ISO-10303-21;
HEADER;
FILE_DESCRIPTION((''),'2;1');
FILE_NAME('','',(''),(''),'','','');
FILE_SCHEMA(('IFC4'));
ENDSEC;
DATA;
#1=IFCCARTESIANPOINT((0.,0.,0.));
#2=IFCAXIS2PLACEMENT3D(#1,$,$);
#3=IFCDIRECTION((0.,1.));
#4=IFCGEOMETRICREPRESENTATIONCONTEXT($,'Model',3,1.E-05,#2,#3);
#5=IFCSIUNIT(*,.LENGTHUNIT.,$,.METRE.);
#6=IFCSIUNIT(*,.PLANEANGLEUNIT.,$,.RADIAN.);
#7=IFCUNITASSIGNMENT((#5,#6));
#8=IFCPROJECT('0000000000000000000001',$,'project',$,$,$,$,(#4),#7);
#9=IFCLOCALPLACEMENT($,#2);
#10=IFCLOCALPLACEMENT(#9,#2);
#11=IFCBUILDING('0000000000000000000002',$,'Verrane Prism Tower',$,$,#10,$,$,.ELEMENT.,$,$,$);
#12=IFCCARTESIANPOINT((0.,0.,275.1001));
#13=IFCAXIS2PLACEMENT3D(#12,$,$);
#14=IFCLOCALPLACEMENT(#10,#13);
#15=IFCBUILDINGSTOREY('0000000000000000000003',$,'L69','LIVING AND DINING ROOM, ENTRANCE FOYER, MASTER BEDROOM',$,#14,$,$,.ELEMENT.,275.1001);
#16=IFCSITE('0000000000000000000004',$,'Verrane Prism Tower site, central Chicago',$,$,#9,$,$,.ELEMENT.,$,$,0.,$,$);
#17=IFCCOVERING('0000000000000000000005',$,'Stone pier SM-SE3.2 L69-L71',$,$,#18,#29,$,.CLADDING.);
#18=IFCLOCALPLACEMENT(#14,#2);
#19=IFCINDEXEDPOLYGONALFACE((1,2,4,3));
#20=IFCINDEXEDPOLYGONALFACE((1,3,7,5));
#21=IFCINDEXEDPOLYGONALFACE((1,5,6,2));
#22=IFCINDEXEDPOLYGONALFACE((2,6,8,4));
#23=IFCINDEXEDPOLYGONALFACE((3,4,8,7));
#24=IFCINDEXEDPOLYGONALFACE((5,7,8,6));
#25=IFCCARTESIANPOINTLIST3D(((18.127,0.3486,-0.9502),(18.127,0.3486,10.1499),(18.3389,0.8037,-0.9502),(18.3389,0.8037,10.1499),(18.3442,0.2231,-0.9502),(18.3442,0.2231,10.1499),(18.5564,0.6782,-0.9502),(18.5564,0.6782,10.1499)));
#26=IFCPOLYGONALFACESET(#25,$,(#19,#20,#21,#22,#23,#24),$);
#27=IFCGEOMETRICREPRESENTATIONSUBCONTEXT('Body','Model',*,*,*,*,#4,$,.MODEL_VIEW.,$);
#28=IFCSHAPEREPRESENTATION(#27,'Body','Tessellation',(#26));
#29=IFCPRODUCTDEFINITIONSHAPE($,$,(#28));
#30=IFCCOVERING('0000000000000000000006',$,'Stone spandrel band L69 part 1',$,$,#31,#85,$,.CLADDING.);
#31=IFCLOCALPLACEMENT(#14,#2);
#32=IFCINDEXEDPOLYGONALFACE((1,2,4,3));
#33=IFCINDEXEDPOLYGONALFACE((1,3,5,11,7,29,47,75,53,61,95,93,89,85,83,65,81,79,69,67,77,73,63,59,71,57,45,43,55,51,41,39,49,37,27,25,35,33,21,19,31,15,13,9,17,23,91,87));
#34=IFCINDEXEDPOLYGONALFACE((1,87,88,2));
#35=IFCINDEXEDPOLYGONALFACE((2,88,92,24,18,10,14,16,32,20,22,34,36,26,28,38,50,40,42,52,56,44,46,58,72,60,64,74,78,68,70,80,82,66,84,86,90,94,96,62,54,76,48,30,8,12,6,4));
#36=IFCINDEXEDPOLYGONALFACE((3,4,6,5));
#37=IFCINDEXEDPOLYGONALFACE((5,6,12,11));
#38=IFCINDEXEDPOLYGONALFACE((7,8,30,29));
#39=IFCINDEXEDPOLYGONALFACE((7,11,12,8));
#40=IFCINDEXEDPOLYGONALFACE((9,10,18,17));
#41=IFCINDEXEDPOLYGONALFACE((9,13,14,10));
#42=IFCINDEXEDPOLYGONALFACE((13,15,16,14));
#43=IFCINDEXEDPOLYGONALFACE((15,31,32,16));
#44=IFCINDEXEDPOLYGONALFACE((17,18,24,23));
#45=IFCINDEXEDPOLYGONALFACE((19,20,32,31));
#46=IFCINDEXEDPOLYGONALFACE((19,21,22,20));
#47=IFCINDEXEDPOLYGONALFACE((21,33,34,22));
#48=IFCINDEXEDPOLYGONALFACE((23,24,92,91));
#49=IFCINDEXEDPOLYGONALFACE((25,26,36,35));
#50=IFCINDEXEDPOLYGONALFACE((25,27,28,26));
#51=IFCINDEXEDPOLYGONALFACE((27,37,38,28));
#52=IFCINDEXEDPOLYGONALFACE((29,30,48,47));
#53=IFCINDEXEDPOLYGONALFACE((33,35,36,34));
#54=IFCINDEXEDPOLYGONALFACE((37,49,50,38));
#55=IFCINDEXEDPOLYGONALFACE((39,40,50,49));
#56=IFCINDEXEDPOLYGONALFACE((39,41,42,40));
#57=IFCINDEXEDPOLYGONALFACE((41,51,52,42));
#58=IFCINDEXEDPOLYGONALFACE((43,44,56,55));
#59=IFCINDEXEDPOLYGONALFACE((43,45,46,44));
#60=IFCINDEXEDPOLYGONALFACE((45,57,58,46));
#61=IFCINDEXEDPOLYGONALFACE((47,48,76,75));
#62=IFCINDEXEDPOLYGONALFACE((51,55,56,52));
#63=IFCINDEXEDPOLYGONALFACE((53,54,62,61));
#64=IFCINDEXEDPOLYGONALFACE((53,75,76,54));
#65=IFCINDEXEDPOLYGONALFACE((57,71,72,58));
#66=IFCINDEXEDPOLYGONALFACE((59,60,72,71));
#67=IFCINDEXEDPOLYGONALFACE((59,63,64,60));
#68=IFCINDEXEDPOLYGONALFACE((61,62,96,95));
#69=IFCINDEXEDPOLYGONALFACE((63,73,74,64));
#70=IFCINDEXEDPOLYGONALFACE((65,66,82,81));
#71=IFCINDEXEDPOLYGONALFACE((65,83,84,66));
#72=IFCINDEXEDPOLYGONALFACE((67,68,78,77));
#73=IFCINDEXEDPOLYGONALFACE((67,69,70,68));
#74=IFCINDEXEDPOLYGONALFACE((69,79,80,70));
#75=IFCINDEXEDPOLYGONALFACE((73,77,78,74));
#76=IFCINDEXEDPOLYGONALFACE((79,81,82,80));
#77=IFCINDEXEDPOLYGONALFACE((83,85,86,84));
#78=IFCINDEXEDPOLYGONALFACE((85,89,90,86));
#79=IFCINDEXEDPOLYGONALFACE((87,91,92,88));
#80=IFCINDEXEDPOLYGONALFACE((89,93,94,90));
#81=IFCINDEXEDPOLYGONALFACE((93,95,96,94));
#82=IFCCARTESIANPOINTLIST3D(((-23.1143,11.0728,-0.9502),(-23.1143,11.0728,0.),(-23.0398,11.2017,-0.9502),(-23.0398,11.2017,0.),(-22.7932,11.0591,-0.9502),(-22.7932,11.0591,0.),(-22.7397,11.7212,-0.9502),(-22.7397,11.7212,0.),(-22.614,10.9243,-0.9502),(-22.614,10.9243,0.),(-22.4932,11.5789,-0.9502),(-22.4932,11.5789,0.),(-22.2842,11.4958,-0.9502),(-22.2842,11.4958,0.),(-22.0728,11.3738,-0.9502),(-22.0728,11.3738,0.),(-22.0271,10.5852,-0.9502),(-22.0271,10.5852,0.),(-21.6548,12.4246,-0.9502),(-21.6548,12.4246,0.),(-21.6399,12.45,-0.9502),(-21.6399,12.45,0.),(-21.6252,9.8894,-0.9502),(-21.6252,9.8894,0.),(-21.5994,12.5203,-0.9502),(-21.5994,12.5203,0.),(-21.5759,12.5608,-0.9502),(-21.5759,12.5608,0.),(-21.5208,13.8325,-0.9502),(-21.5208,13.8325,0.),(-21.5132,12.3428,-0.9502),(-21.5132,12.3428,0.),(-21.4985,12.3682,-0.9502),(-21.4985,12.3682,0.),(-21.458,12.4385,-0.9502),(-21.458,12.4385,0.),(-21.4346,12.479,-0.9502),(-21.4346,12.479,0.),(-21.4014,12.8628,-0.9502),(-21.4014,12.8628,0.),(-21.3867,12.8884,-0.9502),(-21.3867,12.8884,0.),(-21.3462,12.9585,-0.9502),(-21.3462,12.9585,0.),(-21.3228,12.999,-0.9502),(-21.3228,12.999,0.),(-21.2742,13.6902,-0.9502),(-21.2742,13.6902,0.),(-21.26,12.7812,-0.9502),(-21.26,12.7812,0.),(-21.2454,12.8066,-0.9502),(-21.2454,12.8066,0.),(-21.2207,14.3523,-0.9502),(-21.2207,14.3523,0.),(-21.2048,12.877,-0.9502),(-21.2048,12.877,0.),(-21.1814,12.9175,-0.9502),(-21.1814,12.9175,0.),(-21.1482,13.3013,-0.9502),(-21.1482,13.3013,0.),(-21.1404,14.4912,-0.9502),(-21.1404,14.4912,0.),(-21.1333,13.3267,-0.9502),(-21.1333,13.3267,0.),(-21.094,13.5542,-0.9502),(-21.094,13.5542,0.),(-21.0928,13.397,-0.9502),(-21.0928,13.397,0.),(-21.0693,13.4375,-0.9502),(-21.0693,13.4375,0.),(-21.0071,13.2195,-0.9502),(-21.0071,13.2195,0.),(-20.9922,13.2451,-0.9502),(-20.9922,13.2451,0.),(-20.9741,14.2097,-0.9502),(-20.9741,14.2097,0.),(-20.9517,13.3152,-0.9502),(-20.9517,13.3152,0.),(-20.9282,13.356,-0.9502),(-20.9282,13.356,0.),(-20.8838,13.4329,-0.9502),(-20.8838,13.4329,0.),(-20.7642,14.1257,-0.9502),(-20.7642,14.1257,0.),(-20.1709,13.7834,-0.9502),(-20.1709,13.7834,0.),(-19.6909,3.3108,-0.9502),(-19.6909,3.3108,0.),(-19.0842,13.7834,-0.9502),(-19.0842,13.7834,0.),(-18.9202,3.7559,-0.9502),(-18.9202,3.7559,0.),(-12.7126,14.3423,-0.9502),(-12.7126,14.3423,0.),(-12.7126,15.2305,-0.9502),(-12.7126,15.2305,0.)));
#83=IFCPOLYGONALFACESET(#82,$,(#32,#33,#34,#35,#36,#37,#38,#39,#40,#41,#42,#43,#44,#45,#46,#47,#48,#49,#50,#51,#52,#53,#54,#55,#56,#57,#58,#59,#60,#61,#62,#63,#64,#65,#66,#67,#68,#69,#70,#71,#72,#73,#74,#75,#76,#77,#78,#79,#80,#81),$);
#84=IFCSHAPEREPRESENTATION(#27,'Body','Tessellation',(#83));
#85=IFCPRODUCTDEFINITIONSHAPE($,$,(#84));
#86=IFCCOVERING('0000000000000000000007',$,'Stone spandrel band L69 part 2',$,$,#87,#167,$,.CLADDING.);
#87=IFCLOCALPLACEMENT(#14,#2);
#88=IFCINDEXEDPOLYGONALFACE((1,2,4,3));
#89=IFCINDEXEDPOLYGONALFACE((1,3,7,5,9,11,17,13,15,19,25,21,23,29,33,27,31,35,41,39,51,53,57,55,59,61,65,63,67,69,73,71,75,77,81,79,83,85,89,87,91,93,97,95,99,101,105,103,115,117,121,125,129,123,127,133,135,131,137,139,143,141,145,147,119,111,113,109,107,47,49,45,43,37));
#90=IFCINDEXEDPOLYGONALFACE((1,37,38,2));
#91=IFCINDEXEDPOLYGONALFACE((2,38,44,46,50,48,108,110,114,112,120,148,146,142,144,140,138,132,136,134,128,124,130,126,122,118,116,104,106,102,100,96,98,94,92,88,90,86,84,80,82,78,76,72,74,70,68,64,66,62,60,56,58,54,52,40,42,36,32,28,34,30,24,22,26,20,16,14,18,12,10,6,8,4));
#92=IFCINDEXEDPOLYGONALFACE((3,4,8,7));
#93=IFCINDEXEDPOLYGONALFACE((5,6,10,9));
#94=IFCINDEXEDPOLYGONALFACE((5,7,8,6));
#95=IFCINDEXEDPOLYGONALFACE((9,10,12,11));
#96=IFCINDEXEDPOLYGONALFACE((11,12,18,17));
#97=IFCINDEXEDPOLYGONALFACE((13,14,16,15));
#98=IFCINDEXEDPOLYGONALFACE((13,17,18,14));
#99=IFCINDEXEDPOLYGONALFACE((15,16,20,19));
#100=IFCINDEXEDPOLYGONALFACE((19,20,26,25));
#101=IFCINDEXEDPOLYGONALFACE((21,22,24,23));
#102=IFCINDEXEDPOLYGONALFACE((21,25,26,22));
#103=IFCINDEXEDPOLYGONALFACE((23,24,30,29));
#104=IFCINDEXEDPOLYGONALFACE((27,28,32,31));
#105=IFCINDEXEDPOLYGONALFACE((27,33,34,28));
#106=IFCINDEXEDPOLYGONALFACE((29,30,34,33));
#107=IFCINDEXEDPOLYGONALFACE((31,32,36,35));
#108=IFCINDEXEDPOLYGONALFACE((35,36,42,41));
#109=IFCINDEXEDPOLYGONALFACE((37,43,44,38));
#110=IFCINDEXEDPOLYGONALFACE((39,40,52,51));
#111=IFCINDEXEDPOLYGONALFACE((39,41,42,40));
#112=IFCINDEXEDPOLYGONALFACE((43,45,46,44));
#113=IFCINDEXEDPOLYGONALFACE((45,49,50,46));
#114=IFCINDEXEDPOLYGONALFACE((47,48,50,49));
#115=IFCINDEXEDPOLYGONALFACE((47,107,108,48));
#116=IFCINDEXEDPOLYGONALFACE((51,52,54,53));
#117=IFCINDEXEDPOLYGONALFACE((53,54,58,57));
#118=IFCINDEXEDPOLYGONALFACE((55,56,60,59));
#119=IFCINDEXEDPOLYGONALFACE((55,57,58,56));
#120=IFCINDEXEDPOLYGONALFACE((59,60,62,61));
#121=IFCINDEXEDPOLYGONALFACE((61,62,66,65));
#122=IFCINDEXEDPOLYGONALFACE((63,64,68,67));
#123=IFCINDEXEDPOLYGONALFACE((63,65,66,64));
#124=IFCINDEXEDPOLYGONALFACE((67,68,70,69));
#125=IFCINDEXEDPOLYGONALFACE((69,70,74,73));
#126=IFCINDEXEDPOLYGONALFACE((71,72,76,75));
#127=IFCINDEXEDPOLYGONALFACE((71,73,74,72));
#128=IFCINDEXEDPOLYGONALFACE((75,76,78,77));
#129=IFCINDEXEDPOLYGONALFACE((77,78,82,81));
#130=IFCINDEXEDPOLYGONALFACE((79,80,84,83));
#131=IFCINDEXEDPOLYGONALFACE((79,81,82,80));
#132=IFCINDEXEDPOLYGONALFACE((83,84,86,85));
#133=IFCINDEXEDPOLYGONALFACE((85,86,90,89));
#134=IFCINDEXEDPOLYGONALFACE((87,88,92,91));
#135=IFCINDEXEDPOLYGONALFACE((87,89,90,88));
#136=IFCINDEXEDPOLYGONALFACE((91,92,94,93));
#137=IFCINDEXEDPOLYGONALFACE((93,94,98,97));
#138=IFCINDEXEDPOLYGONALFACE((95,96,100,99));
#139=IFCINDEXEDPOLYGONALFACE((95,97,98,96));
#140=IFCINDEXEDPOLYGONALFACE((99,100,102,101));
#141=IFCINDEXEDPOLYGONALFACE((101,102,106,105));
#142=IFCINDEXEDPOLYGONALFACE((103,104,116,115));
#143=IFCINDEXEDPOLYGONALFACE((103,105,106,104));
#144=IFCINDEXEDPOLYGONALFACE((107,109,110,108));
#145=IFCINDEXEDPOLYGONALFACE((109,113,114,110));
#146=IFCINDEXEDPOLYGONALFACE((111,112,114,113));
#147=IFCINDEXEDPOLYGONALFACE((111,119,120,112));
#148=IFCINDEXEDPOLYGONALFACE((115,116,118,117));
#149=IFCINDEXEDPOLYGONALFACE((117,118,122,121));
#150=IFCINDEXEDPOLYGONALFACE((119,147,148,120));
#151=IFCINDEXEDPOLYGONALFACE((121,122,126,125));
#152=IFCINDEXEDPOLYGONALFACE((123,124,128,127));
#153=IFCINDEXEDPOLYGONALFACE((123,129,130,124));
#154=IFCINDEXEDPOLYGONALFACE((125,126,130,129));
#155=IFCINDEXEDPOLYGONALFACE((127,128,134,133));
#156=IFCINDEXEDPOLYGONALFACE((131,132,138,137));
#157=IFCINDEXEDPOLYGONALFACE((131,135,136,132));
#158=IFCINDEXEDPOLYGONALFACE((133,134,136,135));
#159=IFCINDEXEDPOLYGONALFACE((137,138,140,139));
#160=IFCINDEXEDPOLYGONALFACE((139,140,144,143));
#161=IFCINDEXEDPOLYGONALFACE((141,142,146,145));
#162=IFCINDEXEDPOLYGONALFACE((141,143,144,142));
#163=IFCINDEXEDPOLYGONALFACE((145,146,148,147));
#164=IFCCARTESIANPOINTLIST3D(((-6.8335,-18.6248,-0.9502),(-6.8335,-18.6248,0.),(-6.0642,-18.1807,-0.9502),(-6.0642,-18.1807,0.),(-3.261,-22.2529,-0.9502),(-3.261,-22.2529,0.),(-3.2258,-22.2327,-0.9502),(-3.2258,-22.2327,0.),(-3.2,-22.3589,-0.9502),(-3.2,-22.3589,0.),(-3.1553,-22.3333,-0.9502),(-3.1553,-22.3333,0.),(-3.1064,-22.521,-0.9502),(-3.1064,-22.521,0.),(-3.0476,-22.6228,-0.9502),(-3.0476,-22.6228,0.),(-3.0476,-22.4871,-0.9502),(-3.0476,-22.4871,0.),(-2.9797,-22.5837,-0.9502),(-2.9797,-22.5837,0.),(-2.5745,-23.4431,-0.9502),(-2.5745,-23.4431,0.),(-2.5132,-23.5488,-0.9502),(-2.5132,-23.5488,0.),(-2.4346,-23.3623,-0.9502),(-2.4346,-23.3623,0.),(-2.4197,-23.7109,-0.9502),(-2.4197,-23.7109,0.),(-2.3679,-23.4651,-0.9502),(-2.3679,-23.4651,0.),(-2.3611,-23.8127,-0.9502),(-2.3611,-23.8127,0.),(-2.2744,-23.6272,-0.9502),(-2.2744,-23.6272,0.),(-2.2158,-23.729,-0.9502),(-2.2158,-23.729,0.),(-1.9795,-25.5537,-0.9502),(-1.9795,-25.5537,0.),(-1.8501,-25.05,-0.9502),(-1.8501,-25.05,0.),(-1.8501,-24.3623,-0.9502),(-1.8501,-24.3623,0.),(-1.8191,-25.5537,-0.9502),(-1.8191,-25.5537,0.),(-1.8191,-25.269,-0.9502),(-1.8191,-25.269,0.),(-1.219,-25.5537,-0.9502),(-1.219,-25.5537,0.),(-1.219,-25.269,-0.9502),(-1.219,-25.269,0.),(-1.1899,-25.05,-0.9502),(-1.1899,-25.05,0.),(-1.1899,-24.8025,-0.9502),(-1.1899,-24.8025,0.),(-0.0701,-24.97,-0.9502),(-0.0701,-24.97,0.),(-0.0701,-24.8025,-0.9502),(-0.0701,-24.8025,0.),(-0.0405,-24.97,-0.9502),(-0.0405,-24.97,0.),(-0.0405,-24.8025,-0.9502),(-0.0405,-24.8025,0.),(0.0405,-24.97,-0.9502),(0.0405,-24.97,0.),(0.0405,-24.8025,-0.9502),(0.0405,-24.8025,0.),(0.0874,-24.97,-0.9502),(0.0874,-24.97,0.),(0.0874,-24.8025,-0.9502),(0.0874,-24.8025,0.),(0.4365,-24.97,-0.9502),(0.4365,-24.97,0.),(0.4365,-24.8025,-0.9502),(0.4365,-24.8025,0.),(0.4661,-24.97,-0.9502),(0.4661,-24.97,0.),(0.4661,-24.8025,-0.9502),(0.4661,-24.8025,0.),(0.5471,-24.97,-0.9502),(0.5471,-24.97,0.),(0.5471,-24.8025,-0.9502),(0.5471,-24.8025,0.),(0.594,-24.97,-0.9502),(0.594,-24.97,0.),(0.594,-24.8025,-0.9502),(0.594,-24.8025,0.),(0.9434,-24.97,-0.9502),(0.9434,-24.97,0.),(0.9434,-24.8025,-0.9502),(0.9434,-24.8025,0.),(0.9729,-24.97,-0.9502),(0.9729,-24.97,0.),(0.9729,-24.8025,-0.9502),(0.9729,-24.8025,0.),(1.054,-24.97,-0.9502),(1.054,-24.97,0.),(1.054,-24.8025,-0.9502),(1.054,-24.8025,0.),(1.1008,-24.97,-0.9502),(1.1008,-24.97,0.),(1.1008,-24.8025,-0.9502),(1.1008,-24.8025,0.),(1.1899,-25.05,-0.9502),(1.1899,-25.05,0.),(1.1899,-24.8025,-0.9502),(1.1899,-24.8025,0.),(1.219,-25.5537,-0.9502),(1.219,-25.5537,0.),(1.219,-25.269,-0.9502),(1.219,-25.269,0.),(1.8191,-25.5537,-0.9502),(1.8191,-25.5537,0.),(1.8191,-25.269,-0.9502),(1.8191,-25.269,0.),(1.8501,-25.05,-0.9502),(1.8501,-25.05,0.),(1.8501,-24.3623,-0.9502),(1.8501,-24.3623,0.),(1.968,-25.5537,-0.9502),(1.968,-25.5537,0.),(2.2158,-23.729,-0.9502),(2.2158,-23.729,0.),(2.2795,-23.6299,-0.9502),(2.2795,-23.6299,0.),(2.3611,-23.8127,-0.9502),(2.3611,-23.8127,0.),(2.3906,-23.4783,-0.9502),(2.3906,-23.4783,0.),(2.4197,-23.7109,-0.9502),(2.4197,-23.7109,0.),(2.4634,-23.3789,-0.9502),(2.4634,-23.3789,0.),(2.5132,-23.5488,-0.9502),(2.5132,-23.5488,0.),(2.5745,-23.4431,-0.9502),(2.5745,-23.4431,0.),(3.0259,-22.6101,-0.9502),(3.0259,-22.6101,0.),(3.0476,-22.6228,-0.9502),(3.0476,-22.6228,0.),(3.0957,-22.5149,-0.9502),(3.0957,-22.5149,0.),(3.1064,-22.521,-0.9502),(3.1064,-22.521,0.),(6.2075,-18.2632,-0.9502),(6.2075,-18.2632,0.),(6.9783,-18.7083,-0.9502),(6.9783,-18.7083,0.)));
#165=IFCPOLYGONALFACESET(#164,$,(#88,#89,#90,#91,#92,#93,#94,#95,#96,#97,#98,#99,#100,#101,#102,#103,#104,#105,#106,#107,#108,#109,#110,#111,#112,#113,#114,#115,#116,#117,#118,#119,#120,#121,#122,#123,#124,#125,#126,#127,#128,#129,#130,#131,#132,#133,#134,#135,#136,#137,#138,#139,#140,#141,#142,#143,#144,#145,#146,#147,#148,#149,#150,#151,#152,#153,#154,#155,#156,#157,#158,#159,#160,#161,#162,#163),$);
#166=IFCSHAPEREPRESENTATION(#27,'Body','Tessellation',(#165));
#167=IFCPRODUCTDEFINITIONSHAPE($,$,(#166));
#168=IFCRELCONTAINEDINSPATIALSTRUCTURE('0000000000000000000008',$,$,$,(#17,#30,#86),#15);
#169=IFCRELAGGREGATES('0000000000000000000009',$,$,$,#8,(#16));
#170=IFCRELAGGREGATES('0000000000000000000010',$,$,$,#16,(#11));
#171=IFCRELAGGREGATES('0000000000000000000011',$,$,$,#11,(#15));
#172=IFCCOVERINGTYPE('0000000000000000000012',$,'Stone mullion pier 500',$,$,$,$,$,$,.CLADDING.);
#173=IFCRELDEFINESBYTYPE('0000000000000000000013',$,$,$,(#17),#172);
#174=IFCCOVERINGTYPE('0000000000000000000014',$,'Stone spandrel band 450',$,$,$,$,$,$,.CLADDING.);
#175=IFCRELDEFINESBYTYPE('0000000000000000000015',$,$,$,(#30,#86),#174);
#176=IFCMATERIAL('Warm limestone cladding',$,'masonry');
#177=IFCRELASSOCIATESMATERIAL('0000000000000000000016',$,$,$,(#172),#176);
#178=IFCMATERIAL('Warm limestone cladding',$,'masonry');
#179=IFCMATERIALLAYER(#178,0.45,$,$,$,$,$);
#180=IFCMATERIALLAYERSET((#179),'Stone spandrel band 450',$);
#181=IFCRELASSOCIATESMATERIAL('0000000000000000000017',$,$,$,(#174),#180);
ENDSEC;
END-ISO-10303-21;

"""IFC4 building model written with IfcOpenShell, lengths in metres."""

from ifc_helpers import new_model, si_unit, direction, frame, origin, place, context, subcontext, project, spatial, polyline, outline, extrude, material, layer, layer_set, type_object, element, save


model = new_model("IFC4")

# Units and contexts
model_context = context("Model", 3, precision=1e-05, world=origin(), true_north=direction((0.0, 1.0)))
body_context = subcontext(model_context, "Body", "Model", "MODEL_VIEW")
ifc_project = project(units=[si_unit("LENGTHUNIT", "METRE"), si_unit("PLANEANGLEUNIT", "RADIAN")], contexts=[model_context])

# Site, building, storey
site_placement = place(None, origin())
site = spatial("IfcSite", under=ifc_project, at=site_placement, Name="Verrane Prism Tower site, central Chicago", CompositionType="ELEMENT", RefElevation=0.0)
building_placement = place(site_placement, origin())
building = spatial("IfcBuilding", under=site, at=building_placement, Name="Verrane Prism Tower", CompositionType="ELEMENT")
storey_placement = place(building_placement, frame((0.0, 0.0, 275.1001)))
storey = spatial("IfcBuildingStorey", under=building, at=storey_placement, Name="L69", Description="LIVING AND DINING ROOM, ENTRANCE FOYER, MASTER BEDROOM", CompositionType="ELEMENT", Elevation=275.1001)

# Coverings
ifc_material_1 = material(Name="Warm limestone cladding", Category="masonry")
covering_type_1 = type_object("IfcCoveringType", Name="Stone mullion pier 500", PredefinedType="CLADDING", material=ifc_material_1)
covering_1_placement = place(storey_placement, frame((0.0, 0.0, -0.9502)))
element("IfcCovering", 1, at=covering_1_placement, inside=storey, type_object=covering_type_1, Name="Stone pier SM-SE3.2 L69-L71", PredefinedType="CLADDING", context=body_context, shape_type="SweptSolid", body=[
    extrude(outline(polyline([(18.3389, 0.8037), (18.127, 0.3486), (18.3442, 0.2231), (18.5564, 0.6782), (18.3389, 0.8037)])), origin(), (0.0, 0.0, 1.0), 11.1001),
])
ifc_material_2 = material(Name="Warm limestone cladding", Category="masonry")
ifc_layer = layer(ifc_material_2, 0.45)
ifc_layer_set = layer_set([ifc_layer], Name="Stone spandrel band 450")
covering_type_2 = type_object("IfcCoveringType", Name="Stone spandrel band 450", PredefinedType="CLADDING", material=ifc_layer_set)
covering_2_placement = place(storey_placement, frame((0.0, 0.0, -0.9502)))
element("IfcCovering", 2, at=covering_2_placement, inside=storey, type_object=covering_type_2, Name="Stone spandrel band L69 part 1", PredefinedType="CLADDING", context=body_context, shape_type="SweptSolid", body=[
    extrude(outline(polyline([(-19.6909, 3.3108), (-18.9202, 3.7559), (-21.6252, 9.8894), (-22.0271, 10.5852), (-22.614, 10.9243), (-22.2842, 11.4958), (-22.0728, 11.3738), (-21.5132, 12.3428), (-21.6548, 12.4246), (-21.6399, 12.45), (-21.4985, 12.3682), (-21.458, 12.4385), (-21.5994, 12.5203), (-21.5759, 12.5608), (-21.4346, 12.479), (-21.26, 12.7812), (-21.4014, 12.8628), (-21.3867, 12.8884), (-21.2454, 12.8066), (-21.2048, 12.877), (-21.3462, 12.9585), (-21.3228, 12.999), (-21.1814, 12.9175), (-21.0071, 13.2195), (-21.1482, 13.3013), (-21.1333, 13.3267), (-20.9922, 13.2451), (-20.9517, 13.3152), (-21.0928, 13.397), (-21.0693, 13.4375), (-20.9282, 13.356), (-20.8838, 13.4329), (-21.094, 13.5542), (-20.7642, 14.1257), (-20.1709, 13.7834), (-19.0842, 13.7834), (-12.7126, 14.3423), (-12.7126, 15.2305), (-21.1404, 14.4912), (-21.2207, 14.3523), (-20.9741, 14.2097), (-21.2742, 13.6902), (-21.5208, 13.8325), (-22.7397, 11.7212), (-22.4932, 11.5789), (-22.7932, 11.0591), (-23.0398, 11.2017), (-23.1143, 11.0728), (-19.6909, 3.3108)])), origin(), (0.0, 0.0, 1.0), 0.9502),
])
covering_3_placement = place(storey_placement, frame((0.0, 0.0, -0.9502)))
element("IfcCovering", 3, at=covering_3_placement, inside=storey, type_object=covering_type_2, Name="Stone spandrel band L69 part 2", PredefinedType="CLADDING", context=body_context, shape_type="SweptSolid", body=[
    extrude(outline(polyline([(1.968, -25.5537), (6.9783, -18.7083), (6.2075, -18.2632), (3.0957, -22.5149), (3.1064, -22.521), (3.0476, -22.6228), (3.0259, -22.6101), (2.4634, -23.3789), (2.5745, -23.4431), (2.5132, -23.5488), (2.3906, -23.4783), (2.2795, -23.6299), (2.4197, -23.7109), (2.3611, -23.8127), (2.2158, -23.729), (1.8501, -24.3623), (1.8501, -25.05), (1.1899, -25.05), (1.1899, -24.8025), (1.1008, -24.8025), (1.1008, -24.97), (1.054, -24.97), (1.054, -24.8025), (0.9729, -24.8025), (0.9729, -24.97), (0.9434, -24.97), (0.9434, -24.8025), (0.594, -24.8025), (0.594, -24.97), (0.5471, -24.97), (0.5471, -24.8025), (0.4661, -24.8025), (0.4661, -24.97), (0.4365, -24.97), (0.4365, -24.8025), (0.0874, -24.8025), (0.0874, -24.97), (0.0405, -24.97), (0.0405, -24.8025), (-0.0405, -24.8025), (-0.0405, -24.97), (-0.0701, -24.97), (-0.0701, -24.8025), (-1.1899, -24.8025), (-1.1899, -25.05), (-1.8501, -25.05), (-1.8501, -24.3623), (-2.2158, -23.729), (-2.3611, -23.8127), (-2.4197, -23.7109), (-2.2744, -23.6272), (-2.3679, -23.4651), (-2.5132, -23.5488), (-2.5745, -23.4431), (-2.4346, -23.3623), (-2.9797, -22.5837), (-3.0476, -22.6228), (-3.1064, -22.521), (-3.0476, -22.4871), (-3.1553, -22.3333), (-3.2, -22.3589), (-3.261, -22.2529), (-3.2258, -22.2327), (-6.0642, -18.1807), (-6.8335, -18.6248), (-1.9795, -25.5537), (-1.8191, -25.5537), (-1.8191, -25.269), (-1.219, -25.269), (-1.219, -25.5537), (1.219, -25.5537), (1.219, -25.269), (1.8191, -25.269), (1.8191, -25.5537), (1.968, -25.5537)])), origin(), (0.0, 0.0, 1.0), 0.9502),
])

save(model, "model.ifc")
